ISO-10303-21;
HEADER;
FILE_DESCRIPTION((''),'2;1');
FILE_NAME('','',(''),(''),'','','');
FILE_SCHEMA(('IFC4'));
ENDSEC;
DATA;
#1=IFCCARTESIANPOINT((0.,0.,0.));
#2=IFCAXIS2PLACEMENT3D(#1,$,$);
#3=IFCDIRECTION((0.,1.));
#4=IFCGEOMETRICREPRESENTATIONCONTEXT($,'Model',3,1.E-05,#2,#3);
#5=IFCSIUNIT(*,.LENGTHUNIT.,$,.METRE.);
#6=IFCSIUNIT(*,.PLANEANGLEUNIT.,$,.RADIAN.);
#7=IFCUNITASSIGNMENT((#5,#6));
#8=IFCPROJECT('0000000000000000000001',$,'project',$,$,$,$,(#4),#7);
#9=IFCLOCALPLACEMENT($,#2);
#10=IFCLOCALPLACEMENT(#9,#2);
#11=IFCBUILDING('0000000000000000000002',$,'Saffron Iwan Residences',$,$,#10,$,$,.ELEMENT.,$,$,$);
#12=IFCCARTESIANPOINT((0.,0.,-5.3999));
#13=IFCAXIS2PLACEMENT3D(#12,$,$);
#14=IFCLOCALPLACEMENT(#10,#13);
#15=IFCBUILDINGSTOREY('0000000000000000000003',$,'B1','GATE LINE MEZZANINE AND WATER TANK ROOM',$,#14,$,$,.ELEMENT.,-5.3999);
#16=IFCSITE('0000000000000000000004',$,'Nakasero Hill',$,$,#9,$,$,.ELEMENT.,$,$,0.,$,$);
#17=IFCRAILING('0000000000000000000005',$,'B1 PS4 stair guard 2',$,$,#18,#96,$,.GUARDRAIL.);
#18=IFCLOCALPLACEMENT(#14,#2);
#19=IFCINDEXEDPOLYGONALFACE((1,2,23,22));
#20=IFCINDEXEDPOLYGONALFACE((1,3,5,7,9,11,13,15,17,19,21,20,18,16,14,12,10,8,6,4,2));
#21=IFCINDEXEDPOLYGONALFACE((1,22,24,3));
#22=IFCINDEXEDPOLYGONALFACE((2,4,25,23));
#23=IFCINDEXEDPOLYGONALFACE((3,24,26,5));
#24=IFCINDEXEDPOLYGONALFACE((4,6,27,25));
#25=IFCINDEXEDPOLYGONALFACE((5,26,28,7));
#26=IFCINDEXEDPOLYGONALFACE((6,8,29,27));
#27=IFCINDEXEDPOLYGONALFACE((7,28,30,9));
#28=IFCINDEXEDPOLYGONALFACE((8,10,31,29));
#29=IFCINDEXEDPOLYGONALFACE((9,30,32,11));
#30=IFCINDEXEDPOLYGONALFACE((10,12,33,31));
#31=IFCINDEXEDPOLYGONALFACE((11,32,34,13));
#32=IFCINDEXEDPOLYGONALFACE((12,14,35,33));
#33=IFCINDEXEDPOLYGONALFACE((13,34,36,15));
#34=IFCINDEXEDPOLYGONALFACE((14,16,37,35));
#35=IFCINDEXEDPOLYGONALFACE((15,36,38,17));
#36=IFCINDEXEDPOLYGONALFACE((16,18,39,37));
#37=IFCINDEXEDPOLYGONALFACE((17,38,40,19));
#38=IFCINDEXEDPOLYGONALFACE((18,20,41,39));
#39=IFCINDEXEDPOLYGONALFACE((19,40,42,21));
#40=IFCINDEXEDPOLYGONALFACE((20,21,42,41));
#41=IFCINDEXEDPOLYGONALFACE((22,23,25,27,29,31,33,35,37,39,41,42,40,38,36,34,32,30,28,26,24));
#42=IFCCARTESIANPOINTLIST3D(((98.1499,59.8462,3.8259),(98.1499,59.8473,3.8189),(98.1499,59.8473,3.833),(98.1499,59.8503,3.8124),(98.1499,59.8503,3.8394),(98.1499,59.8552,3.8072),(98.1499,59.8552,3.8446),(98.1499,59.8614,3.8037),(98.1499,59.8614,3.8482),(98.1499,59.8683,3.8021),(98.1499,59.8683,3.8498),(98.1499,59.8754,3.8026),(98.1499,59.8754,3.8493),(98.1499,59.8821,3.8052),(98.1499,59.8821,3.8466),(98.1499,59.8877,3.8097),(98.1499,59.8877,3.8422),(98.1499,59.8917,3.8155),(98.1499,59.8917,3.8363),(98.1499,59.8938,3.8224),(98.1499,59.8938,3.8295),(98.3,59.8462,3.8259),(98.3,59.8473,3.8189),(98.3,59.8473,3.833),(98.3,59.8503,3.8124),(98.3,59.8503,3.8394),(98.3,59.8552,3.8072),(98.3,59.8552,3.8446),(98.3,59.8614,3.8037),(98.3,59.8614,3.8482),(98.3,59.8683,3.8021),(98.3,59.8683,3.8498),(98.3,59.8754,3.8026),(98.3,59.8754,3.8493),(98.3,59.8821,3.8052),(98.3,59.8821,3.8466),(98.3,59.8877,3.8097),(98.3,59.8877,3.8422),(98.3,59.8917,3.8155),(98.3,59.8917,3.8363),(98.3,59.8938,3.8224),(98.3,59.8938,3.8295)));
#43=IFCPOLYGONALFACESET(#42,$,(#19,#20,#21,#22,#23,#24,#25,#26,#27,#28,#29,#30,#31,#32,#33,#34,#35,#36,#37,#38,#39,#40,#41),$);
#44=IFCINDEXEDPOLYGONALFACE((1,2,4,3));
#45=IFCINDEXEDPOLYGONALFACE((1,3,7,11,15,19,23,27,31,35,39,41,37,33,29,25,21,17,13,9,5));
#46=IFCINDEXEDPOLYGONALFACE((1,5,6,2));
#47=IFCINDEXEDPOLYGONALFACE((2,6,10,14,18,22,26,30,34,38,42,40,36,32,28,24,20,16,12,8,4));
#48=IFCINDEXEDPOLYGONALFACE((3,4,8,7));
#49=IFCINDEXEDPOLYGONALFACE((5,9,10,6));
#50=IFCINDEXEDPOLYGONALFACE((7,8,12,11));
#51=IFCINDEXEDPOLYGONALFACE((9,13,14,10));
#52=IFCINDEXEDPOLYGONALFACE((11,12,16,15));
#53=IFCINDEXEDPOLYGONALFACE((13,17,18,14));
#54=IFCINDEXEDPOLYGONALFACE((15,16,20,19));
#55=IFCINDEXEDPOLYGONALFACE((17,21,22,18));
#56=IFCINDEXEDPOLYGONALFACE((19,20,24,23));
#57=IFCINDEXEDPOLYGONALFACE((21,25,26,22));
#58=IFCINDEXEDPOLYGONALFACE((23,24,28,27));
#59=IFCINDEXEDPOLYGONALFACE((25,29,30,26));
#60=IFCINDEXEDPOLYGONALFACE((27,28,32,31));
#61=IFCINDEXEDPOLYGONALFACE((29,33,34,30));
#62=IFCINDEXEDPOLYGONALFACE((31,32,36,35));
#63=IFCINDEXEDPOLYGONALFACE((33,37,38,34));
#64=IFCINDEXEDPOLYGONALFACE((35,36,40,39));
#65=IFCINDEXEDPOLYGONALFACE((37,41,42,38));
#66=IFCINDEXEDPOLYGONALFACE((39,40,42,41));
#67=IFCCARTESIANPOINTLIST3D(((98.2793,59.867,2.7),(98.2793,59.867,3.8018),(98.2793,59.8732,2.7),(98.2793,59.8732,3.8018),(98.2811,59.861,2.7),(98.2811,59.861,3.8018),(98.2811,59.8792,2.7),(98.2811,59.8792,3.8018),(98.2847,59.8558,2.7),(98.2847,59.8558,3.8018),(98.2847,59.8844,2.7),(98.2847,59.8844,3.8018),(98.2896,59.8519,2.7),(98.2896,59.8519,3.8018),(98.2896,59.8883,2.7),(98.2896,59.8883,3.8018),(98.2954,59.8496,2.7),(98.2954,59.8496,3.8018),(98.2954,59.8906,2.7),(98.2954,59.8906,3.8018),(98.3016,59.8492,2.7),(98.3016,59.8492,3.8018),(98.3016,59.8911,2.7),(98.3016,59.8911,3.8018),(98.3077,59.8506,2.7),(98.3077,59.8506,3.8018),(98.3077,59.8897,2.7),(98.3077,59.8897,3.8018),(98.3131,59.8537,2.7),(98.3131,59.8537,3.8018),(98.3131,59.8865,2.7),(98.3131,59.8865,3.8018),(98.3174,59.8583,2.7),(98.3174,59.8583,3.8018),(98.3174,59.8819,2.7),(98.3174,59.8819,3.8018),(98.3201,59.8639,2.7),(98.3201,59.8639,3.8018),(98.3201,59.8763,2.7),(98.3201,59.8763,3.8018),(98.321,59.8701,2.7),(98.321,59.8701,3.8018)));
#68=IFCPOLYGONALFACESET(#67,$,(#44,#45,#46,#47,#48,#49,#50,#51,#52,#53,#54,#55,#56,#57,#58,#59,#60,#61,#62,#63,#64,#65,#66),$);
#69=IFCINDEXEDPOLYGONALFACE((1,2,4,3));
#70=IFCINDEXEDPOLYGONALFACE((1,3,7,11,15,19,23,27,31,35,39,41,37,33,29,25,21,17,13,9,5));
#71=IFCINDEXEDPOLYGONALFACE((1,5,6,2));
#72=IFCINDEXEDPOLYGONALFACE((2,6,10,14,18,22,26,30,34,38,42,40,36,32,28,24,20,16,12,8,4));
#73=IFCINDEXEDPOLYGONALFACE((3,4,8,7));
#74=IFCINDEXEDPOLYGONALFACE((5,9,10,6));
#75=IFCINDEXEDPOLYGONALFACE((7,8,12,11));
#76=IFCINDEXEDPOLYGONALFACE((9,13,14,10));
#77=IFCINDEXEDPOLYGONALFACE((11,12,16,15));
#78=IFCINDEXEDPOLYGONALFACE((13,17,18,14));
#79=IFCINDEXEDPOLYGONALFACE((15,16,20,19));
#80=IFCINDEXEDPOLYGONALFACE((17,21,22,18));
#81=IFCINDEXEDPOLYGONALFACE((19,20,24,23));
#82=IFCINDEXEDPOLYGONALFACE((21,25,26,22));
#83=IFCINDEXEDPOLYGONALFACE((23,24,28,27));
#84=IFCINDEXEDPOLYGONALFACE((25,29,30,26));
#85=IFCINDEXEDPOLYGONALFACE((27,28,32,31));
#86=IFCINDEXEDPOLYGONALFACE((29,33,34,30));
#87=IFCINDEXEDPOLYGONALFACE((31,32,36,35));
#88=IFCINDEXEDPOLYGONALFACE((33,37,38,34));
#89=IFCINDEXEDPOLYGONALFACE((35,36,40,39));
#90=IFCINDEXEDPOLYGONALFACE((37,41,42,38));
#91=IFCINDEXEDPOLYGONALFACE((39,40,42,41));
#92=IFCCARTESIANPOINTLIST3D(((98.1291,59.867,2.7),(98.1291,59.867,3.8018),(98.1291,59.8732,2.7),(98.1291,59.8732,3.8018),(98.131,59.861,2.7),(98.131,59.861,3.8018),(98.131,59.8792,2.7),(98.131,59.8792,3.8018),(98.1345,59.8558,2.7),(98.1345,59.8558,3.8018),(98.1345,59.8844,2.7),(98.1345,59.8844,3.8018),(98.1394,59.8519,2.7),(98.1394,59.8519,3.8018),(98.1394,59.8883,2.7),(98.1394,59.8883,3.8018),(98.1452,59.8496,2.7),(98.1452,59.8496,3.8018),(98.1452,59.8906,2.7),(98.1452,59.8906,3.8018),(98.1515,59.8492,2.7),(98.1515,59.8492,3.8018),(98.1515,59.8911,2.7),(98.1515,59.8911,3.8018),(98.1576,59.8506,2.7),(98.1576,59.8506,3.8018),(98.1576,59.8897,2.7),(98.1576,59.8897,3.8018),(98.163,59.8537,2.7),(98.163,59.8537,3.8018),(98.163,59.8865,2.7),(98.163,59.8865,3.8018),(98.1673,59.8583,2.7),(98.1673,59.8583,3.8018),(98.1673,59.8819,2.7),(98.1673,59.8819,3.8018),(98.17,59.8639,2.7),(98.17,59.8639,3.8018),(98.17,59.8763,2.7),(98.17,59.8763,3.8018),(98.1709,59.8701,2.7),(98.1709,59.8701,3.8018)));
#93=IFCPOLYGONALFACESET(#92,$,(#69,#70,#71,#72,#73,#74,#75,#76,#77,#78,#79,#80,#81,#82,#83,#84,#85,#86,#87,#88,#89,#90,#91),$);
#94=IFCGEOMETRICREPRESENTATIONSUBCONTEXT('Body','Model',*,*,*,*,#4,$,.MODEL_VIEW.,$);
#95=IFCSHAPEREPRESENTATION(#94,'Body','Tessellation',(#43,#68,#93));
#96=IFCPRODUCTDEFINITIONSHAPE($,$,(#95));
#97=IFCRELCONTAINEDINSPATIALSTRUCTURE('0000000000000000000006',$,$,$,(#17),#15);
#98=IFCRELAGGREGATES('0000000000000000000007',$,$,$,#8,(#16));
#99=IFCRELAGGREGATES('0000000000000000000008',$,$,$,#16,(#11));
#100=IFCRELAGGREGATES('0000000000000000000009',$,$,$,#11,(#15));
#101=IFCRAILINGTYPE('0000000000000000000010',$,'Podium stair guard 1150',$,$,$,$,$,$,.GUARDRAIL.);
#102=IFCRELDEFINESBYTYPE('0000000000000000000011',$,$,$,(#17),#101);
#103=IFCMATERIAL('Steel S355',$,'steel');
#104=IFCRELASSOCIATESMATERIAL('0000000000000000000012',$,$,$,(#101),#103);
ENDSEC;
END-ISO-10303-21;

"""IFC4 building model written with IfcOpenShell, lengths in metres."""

from ifc_helpers import new_model, si_unit, direction, frame, origin, origin_2d, place, context, subcontext, project, spatial, circle, extrude, material, type_object, element, save


model = new_model("IFC4")

# Units and contexts
model_context = context("Model", 3, precision=1e-05, world=origin(), true_north=direction((0.0, 1.0)))
body_context = subcontext(model_context, "Body", "Model", "MODEL_VIEW")
ifc_project = project(units=[si_unit("LENGTHUNIT", "METRE"), si_unit("PLANEANGLEUNIT", "RADIAN")], contexts=[model_context])

# Site, building, storey
site_placement = place(None, origin())
site = spatial("IfcSite", under=ifc_project, at=site_placement, Name="Nakasero Hill", CompositionType="ELEMENT", RefElevation=0.0)
building_placement = place(site_placement, origin())
building = spatial("IfcBuilding", under=site, at=building_placement, Name="Saffron Iwan Residences", CompositionType="ELEMENT")
storey_placement = place(building_placement, frame((0.0, 0.0, -5.3999)))
storey = spatial("IfcBuildingStorey", under=building, at=storey_placement, Name="B1", Description="GATE LINE MEZZANINE AND WATER TANK ROOM", CompositionType="ELEMENT", Elevation=-5.3999)

# Railing
ifc_material_1 = material(Name="Steel S355", Category="steel")
railing_type_1 = type_object("IfcRailingType", Name="Podium stair guard 1150", PredefinedType="GUARDRAIL", material=ifc_material_1)
railing_1_placement = place(storey_placement, frame((98.3, 59.8701, 2.7)))
element("IfcRailing", 1, at=railing_1_placement, inside=storey, type_object=railing_type_1, Name="B1 PS4 stair guard 2", PredefinedType="GUARDRAIL", context=body_context, shape_type="SweptSolid", body=[
    extrude(circle(Radius=0.0239, at=origin_2d()), frame((0.0, 0.0, 1.126), z_axis=(-1.0, 0.0, 0.0), x_axis=(0.0, -1.0, 0.0)), (0.0, 0.0, 1.0), 0.1501),
    extrude(circle(Radius=0.021, at=origin_2d()), origin(), (0.0, 0.0, 1.0), 1.1018),
    extrude(circle(Radius=0.021, at=origin_2d()), frame((-0.1501, 0.0, 0.0)), (0.0, 0.0, 1.0), 1.1018),
])

save(model, "model.ifc")
